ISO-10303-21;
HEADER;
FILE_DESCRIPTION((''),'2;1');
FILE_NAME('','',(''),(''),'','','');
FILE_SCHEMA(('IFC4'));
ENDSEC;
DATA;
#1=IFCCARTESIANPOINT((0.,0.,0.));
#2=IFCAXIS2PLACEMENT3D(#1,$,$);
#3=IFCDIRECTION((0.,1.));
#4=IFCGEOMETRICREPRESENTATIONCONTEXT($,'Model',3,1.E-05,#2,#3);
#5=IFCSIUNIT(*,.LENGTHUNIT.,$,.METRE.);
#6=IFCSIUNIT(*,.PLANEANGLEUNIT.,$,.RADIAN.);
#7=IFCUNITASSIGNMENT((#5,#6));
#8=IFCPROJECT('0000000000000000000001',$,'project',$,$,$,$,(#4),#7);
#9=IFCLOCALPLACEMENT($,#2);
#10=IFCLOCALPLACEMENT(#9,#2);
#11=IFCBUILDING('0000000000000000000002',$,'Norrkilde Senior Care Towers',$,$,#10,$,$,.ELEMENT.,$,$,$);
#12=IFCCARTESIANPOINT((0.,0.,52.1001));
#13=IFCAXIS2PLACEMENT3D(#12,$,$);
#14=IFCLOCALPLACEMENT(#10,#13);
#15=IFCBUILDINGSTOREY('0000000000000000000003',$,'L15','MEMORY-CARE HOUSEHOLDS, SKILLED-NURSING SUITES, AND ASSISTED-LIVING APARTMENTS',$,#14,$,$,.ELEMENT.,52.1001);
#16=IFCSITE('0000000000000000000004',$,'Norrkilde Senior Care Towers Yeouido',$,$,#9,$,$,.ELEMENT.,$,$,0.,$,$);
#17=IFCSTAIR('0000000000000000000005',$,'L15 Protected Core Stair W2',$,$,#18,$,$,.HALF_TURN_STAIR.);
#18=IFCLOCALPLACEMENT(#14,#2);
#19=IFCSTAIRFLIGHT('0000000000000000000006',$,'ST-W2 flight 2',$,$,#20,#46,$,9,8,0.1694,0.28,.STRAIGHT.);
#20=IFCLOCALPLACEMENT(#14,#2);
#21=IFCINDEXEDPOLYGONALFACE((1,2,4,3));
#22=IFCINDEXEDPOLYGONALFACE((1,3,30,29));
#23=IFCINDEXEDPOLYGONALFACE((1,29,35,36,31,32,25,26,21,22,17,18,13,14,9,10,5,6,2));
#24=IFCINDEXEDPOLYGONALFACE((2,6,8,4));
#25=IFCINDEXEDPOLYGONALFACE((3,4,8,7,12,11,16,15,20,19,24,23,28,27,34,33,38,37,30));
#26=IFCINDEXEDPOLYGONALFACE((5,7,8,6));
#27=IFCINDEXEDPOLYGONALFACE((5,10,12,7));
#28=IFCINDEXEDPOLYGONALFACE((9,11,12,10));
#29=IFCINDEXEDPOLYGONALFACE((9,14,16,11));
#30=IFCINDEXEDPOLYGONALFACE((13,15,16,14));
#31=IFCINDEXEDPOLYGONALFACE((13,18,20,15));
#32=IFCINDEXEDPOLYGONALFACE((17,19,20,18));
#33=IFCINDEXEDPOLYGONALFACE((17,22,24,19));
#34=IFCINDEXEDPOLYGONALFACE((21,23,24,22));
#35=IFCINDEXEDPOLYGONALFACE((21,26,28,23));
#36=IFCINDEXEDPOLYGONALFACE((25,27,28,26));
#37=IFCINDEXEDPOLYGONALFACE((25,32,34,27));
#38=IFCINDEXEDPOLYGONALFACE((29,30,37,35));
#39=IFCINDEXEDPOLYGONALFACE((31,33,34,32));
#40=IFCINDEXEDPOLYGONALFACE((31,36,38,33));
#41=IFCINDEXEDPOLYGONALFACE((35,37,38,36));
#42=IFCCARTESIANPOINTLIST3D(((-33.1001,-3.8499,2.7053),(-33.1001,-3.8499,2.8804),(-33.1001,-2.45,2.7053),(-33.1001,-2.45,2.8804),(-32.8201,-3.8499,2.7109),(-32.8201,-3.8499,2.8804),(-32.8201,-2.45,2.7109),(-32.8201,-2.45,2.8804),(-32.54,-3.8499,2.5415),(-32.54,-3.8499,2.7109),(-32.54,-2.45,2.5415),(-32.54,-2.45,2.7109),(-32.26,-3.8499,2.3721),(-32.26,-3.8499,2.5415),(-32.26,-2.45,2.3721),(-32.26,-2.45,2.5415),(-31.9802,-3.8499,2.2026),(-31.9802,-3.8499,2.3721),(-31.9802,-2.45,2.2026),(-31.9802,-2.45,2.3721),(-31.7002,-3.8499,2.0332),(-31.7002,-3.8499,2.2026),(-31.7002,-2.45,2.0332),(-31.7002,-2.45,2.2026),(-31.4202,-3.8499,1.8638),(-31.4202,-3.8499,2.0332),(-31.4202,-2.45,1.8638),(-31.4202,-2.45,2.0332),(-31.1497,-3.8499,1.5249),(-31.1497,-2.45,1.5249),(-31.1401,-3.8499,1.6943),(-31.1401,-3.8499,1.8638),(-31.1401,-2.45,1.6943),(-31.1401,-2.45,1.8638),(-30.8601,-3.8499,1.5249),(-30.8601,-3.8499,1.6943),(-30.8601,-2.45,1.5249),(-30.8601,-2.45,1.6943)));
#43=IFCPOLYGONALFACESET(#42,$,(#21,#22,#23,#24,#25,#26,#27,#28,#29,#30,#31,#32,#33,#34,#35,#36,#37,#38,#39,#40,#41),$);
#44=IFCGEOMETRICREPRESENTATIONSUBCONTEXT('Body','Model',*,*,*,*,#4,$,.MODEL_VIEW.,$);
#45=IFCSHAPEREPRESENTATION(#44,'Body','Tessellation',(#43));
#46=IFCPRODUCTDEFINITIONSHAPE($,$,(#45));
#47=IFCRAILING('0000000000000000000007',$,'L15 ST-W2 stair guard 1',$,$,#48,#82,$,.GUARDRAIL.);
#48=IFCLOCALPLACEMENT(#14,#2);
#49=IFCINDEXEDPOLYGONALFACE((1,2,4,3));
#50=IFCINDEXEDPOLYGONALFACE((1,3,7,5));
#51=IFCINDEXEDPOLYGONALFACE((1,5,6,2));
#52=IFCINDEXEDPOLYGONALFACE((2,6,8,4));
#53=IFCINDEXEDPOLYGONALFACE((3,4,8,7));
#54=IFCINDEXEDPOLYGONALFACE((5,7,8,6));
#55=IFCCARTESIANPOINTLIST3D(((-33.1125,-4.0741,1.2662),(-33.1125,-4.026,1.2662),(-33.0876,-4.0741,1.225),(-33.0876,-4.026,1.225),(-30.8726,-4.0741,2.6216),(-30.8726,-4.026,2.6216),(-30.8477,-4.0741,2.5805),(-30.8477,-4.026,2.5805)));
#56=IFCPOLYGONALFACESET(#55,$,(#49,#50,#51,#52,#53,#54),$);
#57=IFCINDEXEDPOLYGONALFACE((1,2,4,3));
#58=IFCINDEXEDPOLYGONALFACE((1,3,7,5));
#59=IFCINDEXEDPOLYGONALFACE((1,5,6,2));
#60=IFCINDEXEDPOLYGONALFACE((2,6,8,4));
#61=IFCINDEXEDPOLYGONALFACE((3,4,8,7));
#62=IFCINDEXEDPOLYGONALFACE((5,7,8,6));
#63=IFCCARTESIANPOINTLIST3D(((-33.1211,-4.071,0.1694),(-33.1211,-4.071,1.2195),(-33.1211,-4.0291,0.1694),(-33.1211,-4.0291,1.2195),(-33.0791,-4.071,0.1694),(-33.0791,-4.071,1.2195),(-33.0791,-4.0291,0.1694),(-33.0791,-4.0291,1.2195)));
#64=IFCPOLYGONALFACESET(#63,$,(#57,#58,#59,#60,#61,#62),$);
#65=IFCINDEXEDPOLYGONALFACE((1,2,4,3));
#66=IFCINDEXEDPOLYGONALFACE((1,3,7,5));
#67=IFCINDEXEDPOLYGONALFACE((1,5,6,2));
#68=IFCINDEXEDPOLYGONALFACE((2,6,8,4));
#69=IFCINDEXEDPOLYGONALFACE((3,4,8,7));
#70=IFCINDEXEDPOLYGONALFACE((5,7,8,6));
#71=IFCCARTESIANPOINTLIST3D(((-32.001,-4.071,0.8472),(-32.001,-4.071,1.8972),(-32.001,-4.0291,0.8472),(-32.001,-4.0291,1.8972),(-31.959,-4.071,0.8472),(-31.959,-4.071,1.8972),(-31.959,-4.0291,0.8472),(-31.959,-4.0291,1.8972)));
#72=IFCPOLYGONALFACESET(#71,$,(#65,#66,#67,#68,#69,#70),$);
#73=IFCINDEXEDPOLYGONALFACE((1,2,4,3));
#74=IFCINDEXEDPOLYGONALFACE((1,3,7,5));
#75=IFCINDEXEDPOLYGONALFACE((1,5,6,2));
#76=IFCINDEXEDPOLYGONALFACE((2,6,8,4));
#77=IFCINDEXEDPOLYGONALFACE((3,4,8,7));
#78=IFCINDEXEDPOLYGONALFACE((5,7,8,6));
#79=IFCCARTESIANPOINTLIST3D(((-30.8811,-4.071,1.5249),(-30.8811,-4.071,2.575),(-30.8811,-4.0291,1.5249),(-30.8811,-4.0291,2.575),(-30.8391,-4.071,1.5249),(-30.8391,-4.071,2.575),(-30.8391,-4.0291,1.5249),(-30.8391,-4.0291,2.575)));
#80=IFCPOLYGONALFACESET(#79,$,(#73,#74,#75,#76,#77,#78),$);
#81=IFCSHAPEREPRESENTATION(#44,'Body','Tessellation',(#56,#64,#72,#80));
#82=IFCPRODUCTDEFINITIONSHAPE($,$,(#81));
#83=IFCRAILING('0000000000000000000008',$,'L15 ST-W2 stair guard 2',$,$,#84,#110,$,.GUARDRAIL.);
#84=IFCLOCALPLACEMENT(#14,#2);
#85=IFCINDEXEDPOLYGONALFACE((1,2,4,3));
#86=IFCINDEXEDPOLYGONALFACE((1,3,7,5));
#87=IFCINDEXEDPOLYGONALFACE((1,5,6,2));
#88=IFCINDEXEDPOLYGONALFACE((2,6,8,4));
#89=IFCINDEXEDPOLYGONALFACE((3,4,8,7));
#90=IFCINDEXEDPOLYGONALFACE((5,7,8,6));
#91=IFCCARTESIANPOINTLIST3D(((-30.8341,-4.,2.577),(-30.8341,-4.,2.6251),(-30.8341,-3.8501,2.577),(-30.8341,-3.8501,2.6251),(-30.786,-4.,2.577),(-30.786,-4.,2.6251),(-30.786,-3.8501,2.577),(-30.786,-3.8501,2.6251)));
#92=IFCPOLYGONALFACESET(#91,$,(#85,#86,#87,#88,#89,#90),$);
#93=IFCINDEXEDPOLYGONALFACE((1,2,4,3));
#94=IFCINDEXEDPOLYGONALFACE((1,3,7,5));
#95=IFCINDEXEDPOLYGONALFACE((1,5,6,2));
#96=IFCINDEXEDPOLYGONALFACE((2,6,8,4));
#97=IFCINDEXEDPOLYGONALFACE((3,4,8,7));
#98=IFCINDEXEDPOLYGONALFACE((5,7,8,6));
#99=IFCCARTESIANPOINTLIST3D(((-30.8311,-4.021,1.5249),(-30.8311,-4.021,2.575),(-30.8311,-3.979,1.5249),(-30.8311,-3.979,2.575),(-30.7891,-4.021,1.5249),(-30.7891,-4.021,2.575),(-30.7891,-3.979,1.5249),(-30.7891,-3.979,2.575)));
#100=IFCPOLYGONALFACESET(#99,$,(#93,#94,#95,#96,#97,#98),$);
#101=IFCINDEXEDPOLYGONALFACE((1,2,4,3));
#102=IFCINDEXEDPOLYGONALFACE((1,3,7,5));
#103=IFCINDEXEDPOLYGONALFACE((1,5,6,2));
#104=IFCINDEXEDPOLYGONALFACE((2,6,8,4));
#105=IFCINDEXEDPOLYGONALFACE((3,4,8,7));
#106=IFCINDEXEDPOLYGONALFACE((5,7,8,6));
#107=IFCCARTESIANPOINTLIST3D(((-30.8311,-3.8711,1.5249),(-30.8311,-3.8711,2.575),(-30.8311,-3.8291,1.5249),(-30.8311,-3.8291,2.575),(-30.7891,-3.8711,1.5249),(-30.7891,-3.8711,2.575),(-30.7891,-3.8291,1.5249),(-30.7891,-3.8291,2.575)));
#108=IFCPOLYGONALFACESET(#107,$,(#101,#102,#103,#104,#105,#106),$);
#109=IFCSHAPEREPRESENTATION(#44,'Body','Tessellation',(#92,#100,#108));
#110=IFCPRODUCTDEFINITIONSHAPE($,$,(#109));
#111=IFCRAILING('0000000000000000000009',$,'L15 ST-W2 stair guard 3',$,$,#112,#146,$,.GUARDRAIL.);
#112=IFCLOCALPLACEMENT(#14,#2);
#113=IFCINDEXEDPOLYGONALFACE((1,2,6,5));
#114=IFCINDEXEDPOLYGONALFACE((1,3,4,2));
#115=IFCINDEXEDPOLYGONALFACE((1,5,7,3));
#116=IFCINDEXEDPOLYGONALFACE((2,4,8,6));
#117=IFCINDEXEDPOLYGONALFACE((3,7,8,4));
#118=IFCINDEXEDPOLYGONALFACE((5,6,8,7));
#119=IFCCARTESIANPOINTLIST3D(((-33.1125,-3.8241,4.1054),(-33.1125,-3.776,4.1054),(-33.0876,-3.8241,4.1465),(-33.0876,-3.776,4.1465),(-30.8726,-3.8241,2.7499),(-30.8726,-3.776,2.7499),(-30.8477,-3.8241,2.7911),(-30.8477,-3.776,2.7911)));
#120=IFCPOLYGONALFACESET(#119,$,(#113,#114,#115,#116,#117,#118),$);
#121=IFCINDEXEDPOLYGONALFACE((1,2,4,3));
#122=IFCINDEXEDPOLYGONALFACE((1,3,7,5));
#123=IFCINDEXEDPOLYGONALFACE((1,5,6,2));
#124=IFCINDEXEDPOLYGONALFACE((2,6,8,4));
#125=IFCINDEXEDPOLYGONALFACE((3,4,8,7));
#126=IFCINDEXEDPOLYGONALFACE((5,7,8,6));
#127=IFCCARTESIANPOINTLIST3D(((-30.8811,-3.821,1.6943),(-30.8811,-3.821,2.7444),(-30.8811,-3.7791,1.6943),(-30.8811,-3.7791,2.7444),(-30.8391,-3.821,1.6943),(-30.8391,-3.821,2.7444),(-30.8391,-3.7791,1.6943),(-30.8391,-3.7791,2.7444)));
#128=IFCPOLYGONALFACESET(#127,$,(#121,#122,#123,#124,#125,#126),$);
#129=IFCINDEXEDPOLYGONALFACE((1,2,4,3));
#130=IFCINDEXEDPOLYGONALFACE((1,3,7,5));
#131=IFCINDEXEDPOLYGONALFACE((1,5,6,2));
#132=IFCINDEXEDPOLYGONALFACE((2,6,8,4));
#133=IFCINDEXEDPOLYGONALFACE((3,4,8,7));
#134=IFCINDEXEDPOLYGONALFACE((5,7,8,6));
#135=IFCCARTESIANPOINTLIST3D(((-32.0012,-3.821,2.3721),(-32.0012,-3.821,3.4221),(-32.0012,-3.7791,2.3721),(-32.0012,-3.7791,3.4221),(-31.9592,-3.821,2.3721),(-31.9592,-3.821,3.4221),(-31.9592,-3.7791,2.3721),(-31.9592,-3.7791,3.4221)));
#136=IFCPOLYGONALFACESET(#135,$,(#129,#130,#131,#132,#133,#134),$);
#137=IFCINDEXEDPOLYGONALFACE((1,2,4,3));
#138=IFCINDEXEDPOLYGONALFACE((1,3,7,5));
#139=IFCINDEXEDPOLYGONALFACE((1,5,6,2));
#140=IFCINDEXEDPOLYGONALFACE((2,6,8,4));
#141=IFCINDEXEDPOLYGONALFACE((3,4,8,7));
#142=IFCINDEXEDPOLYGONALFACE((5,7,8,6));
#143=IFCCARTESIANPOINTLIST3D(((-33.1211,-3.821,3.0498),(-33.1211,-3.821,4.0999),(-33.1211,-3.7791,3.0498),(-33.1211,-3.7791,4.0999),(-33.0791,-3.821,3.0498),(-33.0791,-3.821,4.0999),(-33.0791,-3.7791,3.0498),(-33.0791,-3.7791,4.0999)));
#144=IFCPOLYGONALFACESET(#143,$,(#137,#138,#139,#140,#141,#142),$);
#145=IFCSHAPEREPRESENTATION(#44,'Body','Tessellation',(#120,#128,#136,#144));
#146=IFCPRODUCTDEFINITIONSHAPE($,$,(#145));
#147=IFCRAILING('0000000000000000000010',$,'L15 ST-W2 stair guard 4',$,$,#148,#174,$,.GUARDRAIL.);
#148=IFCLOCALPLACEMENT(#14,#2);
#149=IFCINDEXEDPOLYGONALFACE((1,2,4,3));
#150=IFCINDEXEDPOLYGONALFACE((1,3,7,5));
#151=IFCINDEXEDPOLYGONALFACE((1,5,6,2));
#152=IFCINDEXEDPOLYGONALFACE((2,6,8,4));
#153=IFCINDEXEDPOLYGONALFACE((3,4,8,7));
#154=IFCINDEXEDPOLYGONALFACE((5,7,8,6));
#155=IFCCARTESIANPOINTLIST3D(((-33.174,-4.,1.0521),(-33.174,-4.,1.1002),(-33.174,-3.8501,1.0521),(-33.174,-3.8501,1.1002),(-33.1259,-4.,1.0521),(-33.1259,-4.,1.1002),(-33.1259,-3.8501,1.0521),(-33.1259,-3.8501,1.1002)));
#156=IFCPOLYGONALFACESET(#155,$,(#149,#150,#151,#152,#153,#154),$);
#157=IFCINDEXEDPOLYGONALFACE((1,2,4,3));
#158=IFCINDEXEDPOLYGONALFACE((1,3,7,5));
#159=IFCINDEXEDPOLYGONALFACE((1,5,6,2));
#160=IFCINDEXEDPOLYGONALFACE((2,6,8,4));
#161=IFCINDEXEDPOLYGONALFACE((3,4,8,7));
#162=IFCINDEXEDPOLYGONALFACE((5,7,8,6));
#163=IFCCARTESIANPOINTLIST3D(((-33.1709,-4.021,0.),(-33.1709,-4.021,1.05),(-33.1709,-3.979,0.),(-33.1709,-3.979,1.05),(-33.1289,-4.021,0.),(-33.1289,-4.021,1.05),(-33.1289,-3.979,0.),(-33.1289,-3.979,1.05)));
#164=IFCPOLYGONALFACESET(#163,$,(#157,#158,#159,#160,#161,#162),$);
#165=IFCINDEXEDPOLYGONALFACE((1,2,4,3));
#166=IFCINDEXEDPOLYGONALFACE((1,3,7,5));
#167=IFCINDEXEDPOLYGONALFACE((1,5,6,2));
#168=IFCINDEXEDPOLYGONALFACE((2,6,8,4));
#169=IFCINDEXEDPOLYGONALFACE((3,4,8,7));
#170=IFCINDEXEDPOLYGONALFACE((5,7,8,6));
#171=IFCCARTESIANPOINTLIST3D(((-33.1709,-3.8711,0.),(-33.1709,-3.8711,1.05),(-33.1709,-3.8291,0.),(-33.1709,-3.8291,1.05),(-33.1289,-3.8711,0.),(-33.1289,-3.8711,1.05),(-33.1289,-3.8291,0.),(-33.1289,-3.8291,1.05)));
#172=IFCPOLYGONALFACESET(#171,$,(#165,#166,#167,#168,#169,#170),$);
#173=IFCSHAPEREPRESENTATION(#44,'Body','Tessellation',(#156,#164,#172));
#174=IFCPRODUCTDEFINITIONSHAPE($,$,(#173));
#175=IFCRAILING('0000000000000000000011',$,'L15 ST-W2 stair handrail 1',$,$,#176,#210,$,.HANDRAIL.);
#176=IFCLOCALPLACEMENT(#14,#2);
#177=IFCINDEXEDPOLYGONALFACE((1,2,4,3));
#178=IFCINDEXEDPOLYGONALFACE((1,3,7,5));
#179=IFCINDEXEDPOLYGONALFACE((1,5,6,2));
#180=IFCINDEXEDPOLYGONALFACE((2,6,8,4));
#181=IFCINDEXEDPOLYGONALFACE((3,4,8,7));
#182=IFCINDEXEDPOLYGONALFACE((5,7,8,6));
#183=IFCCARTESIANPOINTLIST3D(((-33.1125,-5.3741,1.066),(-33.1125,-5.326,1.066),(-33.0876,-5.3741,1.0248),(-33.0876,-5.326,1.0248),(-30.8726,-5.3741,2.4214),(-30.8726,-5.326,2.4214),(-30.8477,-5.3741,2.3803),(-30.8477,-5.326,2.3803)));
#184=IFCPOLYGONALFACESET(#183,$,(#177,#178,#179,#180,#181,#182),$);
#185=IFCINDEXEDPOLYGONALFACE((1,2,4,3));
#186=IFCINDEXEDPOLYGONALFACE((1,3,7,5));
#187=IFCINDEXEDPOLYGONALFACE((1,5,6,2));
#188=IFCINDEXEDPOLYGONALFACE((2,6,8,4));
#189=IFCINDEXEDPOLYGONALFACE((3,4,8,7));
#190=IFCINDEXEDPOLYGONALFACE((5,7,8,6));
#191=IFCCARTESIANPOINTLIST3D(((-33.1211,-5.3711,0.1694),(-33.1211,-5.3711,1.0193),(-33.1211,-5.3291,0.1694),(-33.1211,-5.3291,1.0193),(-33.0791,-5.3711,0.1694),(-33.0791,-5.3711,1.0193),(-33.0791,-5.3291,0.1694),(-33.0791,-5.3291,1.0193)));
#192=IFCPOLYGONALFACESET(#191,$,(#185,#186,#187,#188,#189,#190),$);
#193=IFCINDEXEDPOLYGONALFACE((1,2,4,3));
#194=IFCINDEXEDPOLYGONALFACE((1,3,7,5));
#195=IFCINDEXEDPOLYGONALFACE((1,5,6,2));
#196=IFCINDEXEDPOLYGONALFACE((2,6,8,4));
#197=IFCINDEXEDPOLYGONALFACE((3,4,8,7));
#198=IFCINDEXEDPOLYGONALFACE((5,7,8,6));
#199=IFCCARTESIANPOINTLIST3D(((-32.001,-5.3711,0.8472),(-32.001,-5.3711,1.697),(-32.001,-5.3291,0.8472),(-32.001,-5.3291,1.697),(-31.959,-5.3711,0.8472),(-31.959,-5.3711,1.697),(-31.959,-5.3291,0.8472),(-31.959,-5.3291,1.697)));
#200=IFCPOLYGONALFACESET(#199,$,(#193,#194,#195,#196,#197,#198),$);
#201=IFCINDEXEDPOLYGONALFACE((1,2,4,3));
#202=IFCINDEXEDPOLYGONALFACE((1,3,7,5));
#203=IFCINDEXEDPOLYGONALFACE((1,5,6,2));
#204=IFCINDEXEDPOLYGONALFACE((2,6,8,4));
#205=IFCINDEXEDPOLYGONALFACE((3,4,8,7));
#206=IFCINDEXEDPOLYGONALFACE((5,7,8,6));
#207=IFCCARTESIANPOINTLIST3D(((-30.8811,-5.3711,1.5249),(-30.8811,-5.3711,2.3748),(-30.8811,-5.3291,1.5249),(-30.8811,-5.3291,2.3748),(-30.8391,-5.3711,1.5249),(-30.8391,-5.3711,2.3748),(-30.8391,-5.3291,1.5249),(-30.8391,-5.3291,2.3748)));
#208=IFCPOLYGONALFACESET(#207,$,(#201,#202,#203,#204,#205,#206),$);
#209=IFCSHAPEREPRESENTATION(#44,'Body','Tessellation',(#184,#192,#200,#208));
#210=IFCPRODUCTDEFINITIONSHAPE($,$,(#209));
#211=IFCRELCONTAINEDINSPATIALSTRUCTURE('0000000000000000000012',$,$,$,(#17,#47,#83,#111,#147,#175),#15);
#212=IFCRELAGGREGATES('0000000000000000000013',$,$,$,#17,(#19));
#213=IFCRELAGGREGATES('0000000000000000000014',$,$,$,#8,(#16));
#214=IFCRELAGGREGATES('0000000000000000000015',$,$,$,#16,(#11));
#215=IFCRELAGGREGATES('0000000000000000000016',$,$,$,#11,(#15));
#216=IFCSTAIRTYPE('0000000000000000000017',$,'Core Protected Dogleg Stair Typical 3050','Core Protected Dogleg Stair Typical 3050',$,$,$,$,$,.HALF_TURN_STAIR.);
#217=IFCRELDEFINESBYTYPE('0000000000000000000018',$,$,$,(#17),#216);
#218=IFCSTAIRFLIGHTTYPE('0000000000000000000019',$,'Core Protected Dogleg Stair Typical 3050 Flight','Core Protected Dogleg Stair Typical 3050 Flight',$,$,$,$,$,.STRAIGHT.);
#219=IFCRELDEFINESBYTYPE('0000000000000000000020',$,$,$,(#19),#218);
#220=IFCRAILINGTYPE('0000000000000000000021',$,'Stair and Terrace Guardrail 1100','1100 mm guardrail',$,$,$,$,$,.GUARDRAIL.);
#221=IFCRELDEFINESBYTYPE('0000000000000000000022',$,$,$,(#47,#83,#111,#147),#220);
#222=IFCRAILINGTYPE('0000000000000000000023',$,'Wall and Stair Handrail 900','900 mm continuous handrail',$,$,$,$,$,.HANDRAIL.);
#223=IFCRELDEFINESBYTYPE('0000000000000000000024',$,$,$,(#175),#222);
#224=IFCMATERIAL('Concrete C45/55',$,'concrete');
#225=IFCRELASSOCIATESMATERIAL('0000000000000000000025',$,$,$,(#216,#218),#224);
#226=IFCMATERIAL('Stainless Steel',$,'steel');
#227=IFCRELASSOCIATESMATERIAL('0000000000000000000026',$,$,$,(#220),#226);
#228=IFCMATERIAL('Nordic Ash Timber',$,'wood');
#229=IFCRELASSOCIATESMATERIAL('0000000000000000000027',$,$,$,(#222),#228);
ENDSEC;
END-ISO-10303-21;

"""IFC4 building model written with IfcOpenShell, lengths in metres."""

from ifc_helpers import new_model, si_unit, direction, frame, origin, origin_2d, place, context, subcontext, project, spatial, polyline, rectangle, outline, extrude, material, type_object, element, aggregate, save


model = new_model("IFC4")

# Units and contexts
model_context = context("Model", 3, precision=1e-05, world=origin(), true_north=direction((0.0, 1.0)))
body_context = subcontext(model_context, "Body", "Model", "MODEL_VIEW")
ifc_project = project(units=[si_unit("LENGTHUNIT", "METRE"), si_unit("PLANEANGLEUNIT", "RADIAN")], contexts=[model_context])

# Site, building, storey
site_placement = place(None, origin())
site = spatial("IfcSite", under=ifc_project, at=site_placement, Name="Norrkilde Senior Care Towers Yeouido", CompositionType="ELEMENT", RefElevation=0.0)
building_placement = place(site_placement, origin())
building = spatial("IfcBuilding", under=site, at=building_placement, Name="Norrkilde Senior Care Towers", CompositionType="ELEMENT")
storey_placement = place(building_placement, frame((0.0, 0.0, 52.1001)))
storey = spatial("IfcBuildingStorey", under=building, at=storey_placement, Name="L15", Description="MEMORY-CARE HOUSEHOLDS, SKILLED-NURSING SUITES, AND ASSISTED-LIVING APARTMENTS", CompositionType="ELEMENT", Elevation=52.1001)

# Shared definitions
ifc_material_1 = material(Name="Concrete C45/55", Category="concrete")

# Shared definitions
ifc_material_2 = material(Name="Stainless Steel", Category="steel")

# Stair, stair flight
stair_type = type_object("IfcStairType", Name="Core Protected Dogleg Stair Typical 3050", Description="Core Protected Dogleg Stair Typical 3050", PredefinedType="HALF_TURN_STAIR", material=ifc_material_1)
stair_placement = place(storey_placement, origin())
stair = element("IfcStair", 1, at=stair_placement, inside=storey, type_object=stair_type, Name="L15 Protected Core Stair W2", PredefinedType="HALF_TURN_STAIR")
stair_flight_type = type_object("IfcStairFlightType", Name="Core Protected Dogleg Stair Typical 3050 Flight", Description="Core Protected Dogleg Stair Typical 3050 Flight", PredefinedType="STRAIGHT", material=ifc_material_1)
stair_flight_1_placement = place(storey_placement, frame((-30.8601, -3.1499, 1.5249), z_axis=(0.0, 0.0, 1.0), x_axis=(-1.0, 0.0, 0.0)))
stair_flight_1 = element("IfcStairFlight", 2, at=stair_flight_1_placement, type_object=stair_flight_type, Name="ST-W2 flight 2", NumberOfRisers=9, NumberOfTreads=8, PredefinedType="STRAIGHT", RiserHeight=0.1694, TreadLength=0.28, context=body_context, shape_type="SweptSolid", body=[
    extrude(outline(polyline([(0.0, 0.0), (0.0, 0.1694), (0.28, 0.1694), (0.28, 0.3389), (0.5601, 0.3389), (0.5601, 0.5083), (0.8401, 0.5083), (0.8401, 0.6777), (1.1201, 0.6777), (1.1201, 0.8472), (1.3999, 0.8472), (1.3999, 1.0166), (1.6799, 1.0166), (1.6799, 1.186), (1.96, 1.186), (1.96, 1.3555), (2.24, 1.3555), (2.24, 1.5249), (2.24, 1.1804), (0.2896, 0.0), (0.0, 0.0)])), frame((0.0, 0.7, 0.0), z_axis=(0.0, -1.0, 0.0), x_axis=(1.0, 0.0, 0.0)), (0.0, 0.0, 1.0), 1.3999),
])
aggregate(stair, [stair_flight_1])

# Railings
railing_type_1 = type_object("IfcRailingType", Name="Stair and Terrace Guardrail 1100", Description="1100 mm guardrail", PredefinedType="GUARDRAIL", material=ifc_material_2)
railing_1_placement = place(storey_placement, frame((-33.1001, -4.05, 0.1694)))
element("IfcRailing", 3, at=railing_1_placement, inside=storey, type_object=railing_type_1, Name="L15 ST-W2 stair guard 1", PredefinedType="GUARDRAIL", context=body_context, shape_type="SweptSolid", body=[
    extrude(rectangle(XDim=0.0481, YDim=0.0481, at=origin_2d()), frame((0.0, 0.0, 1.0762), z_axis=(0.855553, 0.0, 0.517715), x_axis=(0.0, 1.0, 0.0)), (0.0, 0.0, 1.0), 2.6182),
    extrude(rectangle(XDim=0.042, YDim=0.042, at=origin_2d()), origin(), (0.0, 0.0, 1.0), 1.05),
    extrude(rectangle(XDim=0.042, YDim=0.042, at=origin_2d()), frame((1.1201, 0.0, 0.6777)), (0.0, 0.0, 1.0), 1.05),
    extrude(rectangle(XDim=0.042, YDim=0.042, at=origin_2d()), frame((2.24, 0.0, 1.3555)), (0.0, 0.0, 1.0), 1.05),
])
railing_2_placement = place(storey_placement, frame((-30.8101, -4.0, 1.5249)))
element("IfcRailing", 4, at=railing_2_placement, inside=storey, type_object=railing_type_1, Name="L15 ST-W2 stair guard 2", PredefinedType="GUARDRAIL", context=body_context, shape_type="SweptSolid", body=[
    extrude(rectangle(XDim=0.0481, YDim=0.0481, at=origin_2d()), frame((0.0, 0.0, 1.0762), z_axis=(0.0, 1.0, 0.0), x_axis=(-1.0, 0.0, 0.0)), (0.0, 0.0, 1.0), 0.1499),
    extrude(rectangle(XDim=0.042, YDim=0.042, at=origin_2d()), origin(), (0.0, 0.0, 1.0), 1.05),
    extrude(rectangle(XDim=0.042, YDim=0.042, at=origin_2d()), frame((0.0, 0.1499, 0.0)), (0.0, 0.0, 1.0), 1.05),
])
railing_3_placement = place(storey_placement, frame((-30.8601, -3.8, 1.6943)))
element("IfcRailing", 5, at=railing_3_placement, inside=storey, type_object=railing_type_1, Name="L15 ST-W2 stair guard 3", PredefinedType="GUARDRAIL", context=body_context, shape_type="SweptSolid", body=[
    extrude(rectangle(XDim=0.0481, YDim=0.0481, at=origin_2d()), frame((0.0, 0.0, 1.0762), z_axis=(-0.855553, 0.0, 0.517715), x_axis=(0.0, -1.0, 0.0)), (0.0, 0.0, 1.0), 2.6182),
    extrude(rectangle(XDim=0.042, YDim=0.042, at=origin_2d()), origin(), (0.0, 0.0, 1.0), 1.05),
    extrude(rectangle(XDim=0.042, YDim=0.042, at=origin_2d()), frame((-1.1201, 0.0, 0.6777)), (0.0, 0.0, 1.0), 1.05),
    extrude(rectangle(XDim=0.042, YDim=0.042, at=origin_2d()), frame((-2.24, 0.0, 1.3555)), (0.0, 0.0, 1.0), 1.05),
])
railing_4_placement = place(storey_placement, frame((-33.1499, -4.0, 0.0)))
element("IfcRailing", 6, at=railing_4_placement, inside=storey, type_object=railing_type_1, Name="L15 ST-W2 stair guard 4", PredefinedType="GUARDRAIL", context=body_context, shape_type="SweptSolid", body=[
    extrude(rectangle(XDim=0.0481, YDim=0.0481, at=origin_2d()), frame((0.0, 0.0, 1.0762), z_axis=(0.0, 1.0, 0.0), x_axis=(-1.0, 0.0, 0.0)), (0.0, 0.0, 1.0), 0.1499),
    extrude(rectangle(XDim=0.042, YDim=0.042, at=origin_2d()), origin(), (0.0, 0.0, 1.0), 1.05),
    extrude(rectangle(XDim=0.042, YDim=0.042, at=origin_2d()), frame((0.0, 0.1499, 0.0)), (0.0, 0.0, 1.0), 1.05),
])
ifc_material_3 = material(Name="Nordic Ash Timber", Category="wood")
railing_type_2 = type_object("IfcRailingType", Name="Wall and Stair Handrail 900", Description="900 mm continuous handrail", PredefinedType="HANDRAIL", material=ifc_material_3)
railing_5_placement = place(storey_placement, frame((-33.1001, -5.3501, 0.1694)))
element("IfcRailing", 7, at=railing_5_placement, inside=storey, type_object=railing_type_2, Name="L15 ST-W2 stair handrail 1", PredefinedType="HANDRAIL", context=body_context, shape_type="SweptSolid", body=[
    extrude(rectangle(XDim=0.0481, YDim=0.0481, at=origin_2d()), frame((0.0, 0.0, 0.876), z_axis=(0.855553, 0.0, 0.517715), x_axis=(0.0, 1.0, 0.0)), (0.0, 0.0, 1.0), 2.6182),
    extrude(rectangle(XDim=0.042, YDim=0.042, at=origin_2d()), origin(), (0.0, 0.0, 1.0), 0.8499),
    extrude(rectangle(XDim=0.042, YDim=0.042, at=origin_2d()), frame((1.1201, 0.0, 0.6777)), (0.0, 0.0, 1.0), 0.8499),
    extrude(rectangle(XDim=0.042, YDim=0.042, at=origin_2d()), frame((2.24, 0.0, 1.3555)), (0.0, 0.0, 1.0), 0.8499),
])

save(model, "model.ifc")
